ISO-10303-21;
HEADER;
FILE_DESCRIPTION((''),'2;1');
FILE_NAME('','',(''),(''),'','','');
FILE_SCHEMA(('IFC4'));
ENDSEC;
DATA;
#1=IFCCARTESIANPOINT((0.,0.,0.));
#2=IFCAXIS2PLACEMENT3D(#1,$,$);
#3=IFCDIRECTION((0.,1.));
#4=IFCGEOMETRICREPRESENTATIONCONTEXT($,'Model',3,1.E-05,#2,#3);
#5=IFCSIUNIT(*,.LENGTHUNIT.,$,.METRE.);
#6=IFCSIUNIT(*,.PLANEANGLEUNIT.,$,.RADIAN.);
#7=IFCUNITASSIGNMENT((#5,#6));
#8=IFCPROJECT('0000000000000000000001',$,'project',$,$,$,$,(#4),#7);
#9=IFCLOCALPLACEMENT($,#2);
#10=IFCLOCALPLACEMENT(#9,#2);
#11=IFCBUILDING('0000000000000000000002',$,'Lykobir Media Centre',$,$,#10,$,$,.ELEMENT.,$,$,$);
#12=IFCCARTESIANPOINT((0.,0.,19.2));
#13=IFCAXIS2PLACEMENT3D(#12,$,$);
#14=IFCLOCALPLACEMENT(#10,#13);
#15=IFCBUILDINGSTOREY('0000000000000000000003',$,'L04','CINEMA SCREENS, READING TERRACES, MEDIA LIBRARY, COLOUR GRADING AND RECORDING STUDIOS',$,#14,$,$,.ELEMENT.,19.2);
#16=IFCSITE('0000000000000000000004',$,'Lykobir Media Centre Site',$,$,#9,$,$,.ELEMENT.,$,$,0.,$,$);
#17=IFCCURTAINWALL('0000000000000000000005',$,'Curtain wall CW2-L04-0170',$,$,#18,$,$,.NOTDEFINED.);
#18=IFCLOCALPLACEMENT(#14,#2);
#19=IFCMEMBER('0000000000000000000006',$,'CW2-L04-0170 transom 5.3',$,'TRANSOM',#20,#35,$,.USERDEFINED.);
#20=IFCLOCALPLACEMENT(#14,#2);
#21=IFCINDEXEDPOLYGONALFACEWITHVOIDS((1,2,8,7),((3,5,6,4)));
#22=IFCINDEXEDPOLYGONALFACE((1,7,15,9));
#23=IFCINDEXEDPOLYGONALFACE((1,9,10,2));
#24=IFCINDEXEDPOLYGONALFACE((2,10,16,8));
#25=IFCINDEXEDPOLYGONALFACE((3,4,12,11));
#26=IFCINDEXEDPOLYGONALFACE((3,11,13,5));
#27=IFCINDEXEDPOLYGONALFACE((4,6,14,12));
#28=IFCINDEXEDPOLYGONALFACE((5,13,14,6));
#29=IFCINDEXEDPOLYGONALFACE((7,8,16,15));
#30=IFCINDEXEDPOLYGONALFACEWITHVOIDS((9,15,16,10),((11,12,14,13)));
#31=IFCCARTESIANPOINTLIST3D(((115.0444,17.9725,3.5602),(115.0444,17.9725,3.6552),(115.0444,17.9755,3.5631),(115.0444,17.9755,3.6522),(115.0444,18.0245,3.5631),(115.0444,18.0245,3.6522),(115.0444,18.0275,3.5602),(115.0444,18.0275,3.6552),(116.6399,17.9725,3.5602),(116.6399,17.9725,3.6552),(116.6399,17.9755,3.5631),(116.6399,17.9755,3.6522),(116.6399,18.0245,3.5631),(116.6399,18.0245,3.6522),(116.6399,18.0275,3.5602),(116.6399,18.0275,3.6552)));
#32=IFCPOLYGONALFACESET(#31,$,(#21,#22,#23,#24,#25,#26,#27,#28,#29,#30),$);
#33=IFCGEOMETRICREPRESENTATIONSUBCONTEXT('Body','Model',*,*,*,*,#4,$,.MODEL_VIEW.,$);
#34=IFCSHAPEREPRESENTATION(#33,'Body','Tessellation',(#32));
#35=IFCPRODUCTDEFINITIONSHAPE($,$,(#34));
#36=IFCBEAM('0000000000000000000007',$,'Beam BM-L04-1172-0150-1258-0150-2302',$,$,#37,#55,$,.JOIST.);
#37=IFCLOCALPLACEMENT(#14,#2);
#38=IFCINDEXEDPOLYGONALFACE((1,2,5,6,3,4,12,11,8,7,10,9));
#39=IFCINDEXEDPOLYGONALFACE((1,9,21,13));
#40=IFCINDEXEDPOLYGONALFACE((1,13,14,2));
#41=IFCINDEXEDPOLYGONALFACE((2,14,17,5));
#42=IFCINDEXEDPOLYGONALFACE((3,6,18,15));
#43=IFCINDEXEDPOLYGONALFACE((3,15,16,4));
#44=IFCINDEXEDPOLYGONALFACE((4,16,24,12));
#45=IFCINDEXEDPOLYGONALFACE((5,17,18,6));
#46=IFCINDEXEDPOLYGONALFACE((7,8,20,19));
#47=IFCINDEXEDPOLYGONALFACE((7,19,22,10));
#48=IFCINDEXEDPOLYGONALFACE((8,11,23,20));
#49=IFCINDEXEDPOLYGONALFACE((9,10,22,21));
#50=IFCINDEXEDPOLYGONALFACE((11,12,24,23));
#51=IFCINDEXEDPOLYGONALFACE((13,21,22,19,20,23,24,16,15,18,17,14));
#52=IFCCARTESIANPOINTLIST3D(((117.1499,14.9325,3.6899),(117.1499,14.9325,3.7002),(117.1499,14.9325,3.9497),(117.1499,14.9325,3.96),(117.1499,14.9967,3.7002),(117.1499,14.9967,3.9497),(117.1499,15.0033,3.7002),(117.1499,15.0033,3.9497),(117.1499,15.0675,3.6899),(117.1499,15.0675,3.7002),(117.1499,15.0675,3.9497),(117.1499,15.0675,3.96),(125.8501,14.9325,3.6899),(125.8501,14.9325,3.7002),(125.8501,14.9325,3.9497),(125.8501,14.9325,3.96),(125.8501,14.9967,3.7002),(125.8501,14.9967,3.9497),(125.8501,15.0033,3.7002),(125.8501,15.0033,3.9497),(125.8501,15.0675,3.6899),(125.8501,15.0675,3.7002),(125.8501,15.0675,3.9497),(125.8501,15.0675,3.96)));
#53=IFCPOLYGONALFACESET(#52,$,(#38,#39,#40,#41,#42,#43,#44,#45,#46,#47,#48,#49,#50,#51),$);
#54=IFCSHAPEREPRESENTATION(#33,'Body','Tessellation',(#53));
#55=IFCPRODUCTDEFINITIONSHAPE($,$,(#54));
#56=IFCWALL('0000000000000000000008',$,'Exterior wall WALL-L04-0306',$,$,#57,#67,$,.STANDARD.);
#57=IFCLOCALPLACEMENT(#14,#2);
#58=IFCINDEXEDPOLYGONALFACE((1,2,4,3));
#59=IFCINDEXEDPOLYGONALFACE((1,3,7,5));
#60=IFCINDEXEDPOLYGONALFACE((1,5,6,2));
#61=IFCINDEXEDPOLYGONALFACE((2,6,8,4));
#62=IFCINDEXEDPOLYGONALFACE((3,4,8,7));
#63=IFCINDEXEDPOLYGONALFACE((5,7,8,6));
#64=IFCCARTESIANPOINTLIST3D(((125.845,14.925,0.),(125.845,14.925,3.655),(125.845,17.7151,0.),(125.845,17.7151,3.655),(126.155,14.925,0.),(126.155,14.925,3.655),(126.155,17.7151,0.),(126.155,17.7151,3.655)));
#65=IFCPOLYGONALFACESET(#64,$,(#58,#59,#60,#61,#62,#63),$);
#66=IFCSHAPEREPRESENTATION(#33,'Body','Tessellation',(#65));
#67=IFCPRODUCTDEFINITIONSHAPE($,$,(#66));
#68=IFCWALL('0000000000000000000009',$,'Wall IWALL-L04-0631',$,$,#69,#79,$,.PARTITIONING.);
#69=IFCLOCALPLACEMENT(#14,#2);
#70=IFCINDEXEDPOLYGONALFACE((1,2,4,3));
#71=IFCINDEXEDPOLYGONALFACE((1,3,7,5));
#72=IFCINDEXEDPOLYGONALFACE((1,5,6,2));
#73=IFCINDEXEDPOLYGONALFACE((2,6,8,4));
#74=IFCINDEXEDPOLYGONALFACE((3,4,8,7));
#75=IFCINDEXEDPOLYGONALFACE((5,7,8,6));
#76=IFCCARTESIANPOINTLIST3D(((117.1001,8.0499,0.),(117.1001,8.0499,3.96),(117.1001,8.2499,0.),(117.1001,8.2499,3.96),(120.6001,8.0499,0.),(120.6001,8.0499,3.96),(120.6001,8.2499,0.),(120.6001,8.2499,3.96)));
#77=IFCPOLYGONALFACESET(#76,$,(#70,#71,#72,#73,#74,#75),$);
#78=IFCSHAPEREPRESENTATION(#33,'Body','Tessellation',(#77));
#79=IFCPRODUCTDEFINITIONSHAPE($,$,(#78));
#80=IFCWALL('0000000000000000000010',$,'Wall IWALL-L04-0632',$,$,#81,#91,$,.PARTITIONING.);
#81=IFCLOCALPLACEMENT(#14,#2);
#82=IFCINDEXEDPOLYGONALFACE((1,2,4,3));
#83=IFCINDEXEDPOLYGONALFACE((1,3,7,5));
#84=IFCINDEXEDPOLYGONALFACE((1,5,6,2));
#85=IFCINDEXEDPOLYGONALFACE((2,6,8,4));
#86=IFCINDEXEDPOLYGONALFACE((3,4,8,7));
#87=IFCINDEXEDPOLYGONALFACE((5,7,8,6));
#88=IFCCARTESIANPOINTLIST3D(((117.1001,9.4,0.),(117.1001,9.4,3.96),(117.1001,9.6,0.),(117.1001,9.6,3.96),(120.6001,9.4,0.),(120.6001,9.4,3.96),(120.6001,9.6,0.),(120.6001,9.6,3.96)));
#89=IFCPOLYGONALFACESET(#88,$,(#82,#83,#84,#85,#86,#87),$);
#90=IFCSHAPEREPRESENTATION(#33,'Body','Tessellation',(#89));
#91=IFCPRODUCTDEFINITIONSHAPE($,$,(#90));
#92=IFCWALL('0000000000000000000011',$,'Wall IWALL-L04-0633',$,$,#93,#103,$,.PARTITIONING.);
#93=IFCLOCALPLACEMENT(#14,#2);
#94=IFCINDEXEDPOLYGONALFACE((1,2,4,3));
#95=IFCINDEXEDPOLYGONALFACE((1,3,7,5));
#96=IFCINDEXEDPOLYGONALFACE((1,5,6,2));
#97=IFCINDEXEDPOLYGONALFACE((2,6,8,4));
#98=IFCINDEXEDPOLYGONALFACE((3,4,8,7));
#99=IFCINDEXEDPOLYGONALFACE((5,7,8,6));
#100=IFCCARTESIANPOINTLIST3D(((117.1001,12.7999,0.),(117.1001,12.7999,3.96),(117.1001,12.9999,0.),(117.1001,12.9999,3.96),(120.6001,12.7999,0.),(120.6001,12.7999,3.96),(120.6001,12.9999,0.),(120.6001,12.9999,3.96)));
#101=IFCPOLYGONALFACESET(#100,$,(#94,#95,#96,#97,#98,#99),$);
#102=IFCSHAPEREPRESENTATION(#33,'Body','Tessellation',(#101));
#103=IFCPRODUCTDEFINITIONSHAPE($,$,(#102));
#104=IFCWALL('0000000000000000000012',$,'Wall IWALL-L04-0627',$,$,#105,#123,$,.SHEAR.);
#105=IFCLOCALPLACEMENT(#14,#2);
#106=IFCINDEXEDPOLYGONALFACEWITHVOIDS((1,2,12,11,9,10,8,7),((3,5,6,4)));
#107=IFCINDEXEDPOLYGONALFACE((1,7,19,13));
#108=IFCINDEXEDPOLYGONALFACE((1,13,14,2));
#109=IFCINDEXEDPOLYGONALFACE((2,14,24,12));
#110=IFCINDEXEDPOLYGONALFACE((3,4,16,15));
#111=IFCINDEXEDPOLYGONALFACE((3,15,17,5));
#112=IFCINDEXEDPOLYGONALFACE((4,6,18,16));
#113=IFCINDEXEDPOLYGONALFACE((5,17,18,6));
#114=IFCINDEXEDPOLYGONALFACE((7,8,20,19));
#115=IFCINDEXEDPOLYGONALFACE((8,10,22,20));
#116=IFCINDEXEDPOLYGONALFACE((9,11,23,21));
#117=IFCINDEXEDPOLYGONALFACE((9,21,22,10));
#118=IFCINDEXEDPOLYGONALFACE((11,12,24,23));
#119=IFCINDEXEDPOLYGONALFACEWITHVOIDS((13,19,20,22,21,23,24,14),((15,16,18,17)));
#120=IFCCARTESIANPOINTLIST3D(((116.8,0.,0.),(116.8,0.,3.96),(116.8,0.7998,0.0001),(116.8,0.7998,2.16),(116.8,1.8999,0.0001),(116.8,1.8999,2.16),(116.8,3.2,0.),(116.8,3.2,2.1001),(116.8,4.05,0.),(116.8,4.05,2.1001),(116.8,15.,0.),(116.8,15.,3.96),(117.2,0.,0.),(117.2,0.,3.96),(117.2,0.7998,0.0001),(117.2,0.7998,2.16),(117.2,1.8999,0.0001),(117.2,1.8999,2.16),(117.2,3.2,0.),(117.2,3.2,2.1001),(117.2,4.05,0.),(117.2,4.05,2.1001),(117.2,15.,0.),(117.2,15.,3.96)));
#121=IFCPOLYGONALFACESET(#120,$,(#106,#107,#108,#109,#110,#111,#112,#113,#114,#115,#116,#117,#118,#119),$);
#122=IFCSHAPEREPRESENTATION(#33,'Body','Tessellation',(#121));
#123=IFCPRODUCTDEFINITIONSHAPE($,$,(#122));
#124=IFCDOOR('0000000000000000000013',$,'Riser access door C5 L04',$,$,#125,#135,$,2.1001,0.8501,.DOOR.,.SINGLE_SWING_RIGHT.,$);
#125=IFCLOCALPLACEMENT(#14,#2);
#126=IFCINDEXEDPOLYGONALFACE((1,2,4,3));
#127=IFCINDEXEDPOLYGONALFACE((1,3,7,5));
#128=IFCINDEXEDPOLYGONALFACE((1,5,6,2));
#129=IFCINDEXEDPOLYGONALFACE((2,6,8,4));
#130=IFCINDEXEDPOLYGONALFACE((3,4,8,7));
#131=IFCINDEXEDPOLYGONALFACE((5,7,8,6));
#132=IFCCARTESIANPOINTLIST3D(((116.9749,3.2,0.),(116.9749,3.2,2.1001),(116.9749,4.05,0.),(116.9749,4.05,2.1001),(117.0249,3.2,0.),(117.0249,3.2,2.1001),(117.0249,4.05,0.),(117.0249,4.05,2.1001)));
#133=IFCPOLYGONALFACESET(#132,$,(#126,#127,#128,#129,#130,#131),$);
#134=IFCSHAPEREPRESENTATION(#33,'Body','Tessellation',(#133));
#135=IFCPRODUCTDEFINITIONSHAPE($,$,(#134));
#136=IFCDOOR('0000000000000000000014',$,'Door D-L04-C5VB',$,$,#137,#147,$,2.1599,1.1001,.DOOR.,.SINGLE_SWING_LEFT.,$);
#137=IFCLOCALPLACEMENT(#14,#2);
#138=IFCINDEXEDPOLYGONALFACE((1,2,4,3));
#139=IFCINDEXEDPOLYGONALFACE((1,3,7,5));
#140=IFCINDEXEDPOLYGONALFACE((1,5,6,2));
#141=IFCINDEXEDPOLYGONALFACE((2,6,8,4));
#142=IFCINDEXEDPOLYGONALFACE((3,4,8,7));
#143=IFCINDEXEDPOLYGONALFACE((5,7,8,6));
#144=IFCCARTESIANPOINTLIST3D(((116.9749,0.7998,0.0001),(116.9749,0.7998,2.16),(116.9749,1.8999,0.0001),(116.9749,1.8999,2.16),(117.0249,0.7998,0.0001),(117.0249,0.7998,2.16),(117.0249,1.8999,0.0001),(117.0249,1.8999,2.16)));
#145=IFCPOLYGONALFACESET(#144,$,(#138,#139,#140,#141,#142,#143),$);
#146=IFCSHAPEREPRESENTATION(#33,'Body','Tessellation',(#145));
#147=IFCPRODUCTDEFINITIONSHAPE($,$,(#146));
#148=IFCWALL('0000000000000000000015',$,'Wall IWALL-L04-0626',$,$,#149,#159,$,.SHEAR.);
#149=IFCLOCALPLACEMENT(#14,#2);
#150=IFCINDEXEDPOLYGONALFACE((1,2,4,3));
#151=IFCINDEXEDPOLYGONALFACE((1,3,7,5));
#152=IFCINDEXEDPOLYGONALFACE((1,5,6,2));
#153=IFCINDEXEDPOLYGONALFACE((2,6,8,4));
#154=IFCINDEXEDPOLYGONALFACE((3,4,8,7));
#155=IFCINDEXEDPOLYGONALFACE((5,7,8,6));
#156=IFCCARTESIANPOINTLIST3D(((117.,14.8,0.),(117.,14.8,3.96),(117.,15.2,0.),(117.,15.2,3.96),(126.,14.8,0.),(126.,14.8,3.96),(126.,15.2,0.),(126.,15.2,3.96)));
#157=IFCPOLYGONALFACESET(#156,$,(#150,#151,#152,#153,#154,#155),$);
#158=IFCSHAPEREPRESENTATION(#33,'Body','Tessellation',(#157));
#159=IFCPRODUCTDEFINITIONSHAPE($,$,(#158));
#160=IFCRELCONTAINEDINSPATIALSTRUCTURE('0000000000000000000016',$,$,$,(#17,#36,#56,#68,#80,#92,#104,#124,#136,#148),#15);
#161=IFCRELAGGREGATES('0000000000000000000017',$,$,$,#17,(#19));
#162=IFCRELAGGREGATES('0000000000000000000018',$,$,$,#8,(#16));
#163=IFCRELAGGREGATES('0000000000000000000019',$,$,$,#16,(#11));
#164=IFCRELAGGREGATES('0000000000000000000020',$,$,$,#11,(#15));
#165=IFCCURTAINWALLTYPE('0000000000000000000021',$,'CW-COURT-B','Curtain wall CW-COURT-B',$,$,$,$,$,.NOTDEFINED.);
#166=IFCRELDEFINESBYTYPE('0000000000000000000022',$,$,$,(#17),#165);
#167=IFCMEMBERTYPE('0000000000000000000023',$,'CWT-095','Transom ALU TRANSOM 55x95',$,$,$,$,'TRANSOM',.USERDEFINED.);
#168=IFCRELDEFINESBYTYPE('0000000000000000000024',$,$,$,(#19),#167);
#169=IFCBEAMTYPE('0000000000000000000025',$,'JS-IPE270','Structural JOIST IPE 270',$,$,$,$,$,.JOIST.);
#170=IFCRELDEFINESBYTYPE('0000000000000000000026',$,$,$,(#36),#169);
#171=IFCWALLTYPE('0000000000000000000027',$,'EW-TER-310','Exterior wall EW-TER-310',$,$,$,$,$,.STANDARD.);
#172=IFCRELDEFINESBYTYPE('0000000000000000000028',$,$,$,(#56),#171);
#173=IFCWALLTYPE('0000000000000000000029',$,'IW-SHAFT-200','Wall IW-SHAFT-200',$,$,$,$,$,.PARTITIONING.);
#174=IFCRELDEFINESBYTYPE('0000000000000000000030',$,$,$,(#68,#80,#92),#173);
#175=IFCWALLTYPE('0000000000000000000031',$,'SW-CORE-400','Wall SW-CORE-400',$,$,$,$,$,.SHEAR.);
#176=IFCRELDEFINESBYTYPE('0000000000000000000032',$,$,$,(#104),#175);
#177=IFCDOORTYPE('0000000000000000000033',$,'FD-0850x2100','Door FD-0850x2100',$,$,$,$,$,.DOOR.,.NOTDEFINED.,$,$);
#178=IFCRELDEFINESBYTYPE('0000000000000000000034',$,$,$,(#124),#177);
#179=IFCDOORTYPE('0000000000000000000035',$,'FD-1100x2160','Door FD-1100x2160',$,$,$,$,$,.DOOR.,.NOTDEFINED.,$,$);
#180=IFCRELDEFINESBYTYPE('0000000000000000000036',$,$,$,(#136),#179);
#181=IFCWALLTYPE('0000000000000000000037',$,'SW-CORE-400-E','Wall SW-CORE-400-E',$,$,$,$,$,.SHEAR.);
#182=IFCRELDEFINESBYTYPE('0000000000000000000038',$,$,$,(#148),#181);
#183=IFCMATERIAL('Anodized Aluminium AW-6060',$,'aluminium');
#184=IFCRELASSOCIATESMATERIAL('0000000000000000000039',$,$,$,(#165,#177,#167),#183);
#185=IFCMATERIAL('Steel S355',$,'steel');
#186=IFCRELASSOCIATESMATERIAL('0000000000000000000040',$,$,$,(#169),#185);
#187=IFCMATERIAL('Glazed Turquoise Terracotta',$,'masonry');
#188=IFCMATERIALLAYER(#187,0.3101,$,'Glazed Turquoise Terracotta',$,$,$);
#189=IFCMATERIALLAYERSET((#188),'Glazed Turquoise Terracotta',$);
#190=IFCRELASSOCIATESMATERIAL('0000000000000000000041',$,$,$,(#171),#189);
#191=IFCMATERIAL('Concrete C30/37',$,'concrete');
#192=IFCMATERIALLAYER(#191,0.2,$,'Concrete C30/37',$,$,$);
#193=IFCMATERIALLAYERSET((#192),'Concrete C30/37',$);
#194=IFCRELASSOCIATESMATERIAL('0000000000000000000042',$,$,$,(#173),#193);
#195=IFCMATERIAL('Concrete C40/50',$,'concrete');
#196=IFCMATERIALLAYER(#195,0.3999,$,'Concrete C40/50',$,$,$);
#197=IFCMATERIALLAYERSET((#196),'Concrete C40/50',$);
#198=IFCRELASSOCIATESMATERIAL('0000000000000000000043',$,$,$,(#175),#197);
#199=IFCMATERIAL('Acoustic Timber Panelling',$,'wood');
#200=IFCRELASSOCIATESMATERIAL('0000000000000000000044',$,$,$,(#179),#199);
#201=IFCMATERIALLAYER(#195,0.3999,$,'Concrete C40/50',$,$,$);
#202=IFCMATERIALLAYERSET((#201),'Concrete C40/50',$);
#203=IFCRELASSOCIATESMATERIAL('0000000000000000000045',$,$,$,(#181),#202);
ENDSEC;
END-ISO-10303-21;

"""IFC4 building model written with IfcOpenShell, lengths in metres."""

from ifc_helpers import new_model, si_unit, direction, frame, frame_2d, origin, origin_2d, place, context, subcontext, project, spatial, rectangle, hollow_rectangle, i_section, extrude, material, layer, layer_set, material_profile, profile_set, type_object, element, fill, aggregate, save


model = new_model("IFC4")

# Units and contexts
model_context = context("Model", 3, precision=1e-05, world=origin(), true_north=direction((0.0, 1.0)))
body_context = subcontext(model_context, "Body", "Model", "MODEL_VIEW")
ifc_project = project(units=[si_unit("LENGTHUNIT", "METRE"), si_unit("PLANEANGLEUNIT", "RADIAN")], contexts=[model_context])

# Site, building, storey
site_placement = place(None, origin())
site = spatial("IfcSite", under=ifc_project, at=site_placement, Name="Lykobir Media Centre Site", CompositionType="ELEMENT", RefElevation=0.0)
building_placement = place(site_placement, origin())
building = spatial("IfcBuilding", under=site, at=building_placement, Name="Lykobir Media Centre", CompositionType="ELEMENT")
storey_placement = place(building_placement, frame((0.0, 0.0, 19.2)))
storey = spatial("IfcBuildingStorey", under=building, at=storey_placement, Name="L04", Description="CINEMA SCREENS, READING TERRACES, MEDIA LIBRARY, COLOUR GRADING AND RECORDING STUDIOS", CompositionType="ELEMENT", Elevation=19.2)

# Shared definitions
ifc_material_1 = material(Name="Concrete C40/50", Category="concrete")
ifc_material_2 = material(Name="Steel S355", Category="steel")

# Curtain wall, member
ifc_material_3 = material(Name="Anodized Aluminium AW-6060", Category="aluminium")
curtain_wall_type = type_object("IfcCurtainWallType", Name="CW-COURT-B", Description="Curtain wall CW-COURT-B", PredefinedType="NOTDEFINED", material=ifc_material_3)
curtain_wall_placement = place(storey_placement, origin())
curtain_wall = element("IfcCurtainWall", 1, at=curtain_wall_placement, inside=storey, type_object=curtain_wall_type, Name="Curtain wall CW2-L04-0170", PredefinedType="NOTDEFINED")
ifc_material_profile_1 = material_profile(ifc_material_3, hollow_rectangle(XDim=0.0549, YDim=0.095, WallThickness=0.0029, at=origin_2d()), Name="ALU TRANSOM 55x95")
ifc_profile_set_1 = profile_set([ifc_material_profile_1], Name="Anodized Aluminium AW-6060")
member_type_1 = type_object("IfcMemberType", Name="CWT-095", Description="Transom ALU TRANSOM 55x95", ElementType="TRANSOM", PredefinedType="USERDEFINED", material=ifc_profile_set_1)
member_1_placement = place(storey_placement, frame((115.0444, 18.0, 3.6077), z_axis=(1.0, 0.0, 0.0), x_axis=(0.0, 1.0, 0.0)))
member_1 = element("IfcMember", 2, at=member_1_placement, type_object=member_type_1, Name="CW2-L04-0170 transom 5.3", ObjectType="TRANSOM", PredefinedType="USERDEFINED", context=body_context, shape_type="SweptSolid", body=[
    extrude(hollow_rectangle(XDim=0.0549, YDim=0.095, WallThickness=0.0029, at=origin_2d()), origin(), (0.0, 0.0, 1.0), 1.5955),
])
aggregate(curtain_wall, [member_1])

# Beam
ifc_material_profile_2 = material_profile(ifc_material_2, i_section(OverallWidth=0.135, OverallDepth=0.27, WebThickness=0.0066, FlangeThickness=0.0103, at=origin_2d()), Name="IPE 270")
ifc_profile_set_2 = profile_set([ifc_material_profile_2], Name="Steel S355")
beam_type_1 = type_object("IfcBeamType", Name="JS-IPE270", Description="Structural JOIST IPE 270", PredefinedType="JOIST", material=ifc_profile_set_2)
beam_1_placement = place(storey_placement, frame((117.1499, 15.0, 3.825), z_axis=(1.0, 0.0, 0.0), x_axis=(0.0, 1.0, 0.0)))
element("IfcBeam", 3, at=beam_1_placement, inside=storey, type_object=beam_type_1, Name="Beam BM-L04-1172-0150-1258-0150-2302", PredefinedType="JOIST", context=body_context, shape_type="SweptSolid", body=[
    extrude(i_section(OverallWidth=0.135, OverallDepth=0.27, WebThickness=0.0066, FlangeThickness=0.0103, at=origin_2d()), origin(), (0.0, 0.0, 1.0), 8.7002),
])

# Walls
ifc_material_4 = material(Name="Glazed Turquoise Terracotta", Category="masonry")
ifc_layer_1 = layer(ifc_material_4, 0.3101, Name="Glazed Turquoise Terracotta")
ifc_layer_set_1 = layer_set([ifc_layer_1], Name="Glazed Turquoise Terracotta")
wall_type_1 = type_object("IfcWallType", Name="EW-TER-310", Description="Exterior wall EW-TER-310", PredefinedType="STANDARD", material=ifc_layer_set_1)
wall_1_placement = place(storey_placement, frame((126.0, 14.925, 0.0), z_axis=(0.0, 0.0, 1.0), x_axis=(0.0, 1.0, 0.0)))
element("IfcWall", 4, at=wall_1_placement, inside=storey, type_object=wall_type_1, Name="Exterior wall WALL-L04-0306", PredefinedType="STANDARD", context=body_context, shape_type="SweptSolid", body=[
    extrude(rectangle(XDim=2.79, YDim=0.3101, at=frame_2d((1.395, 0.0))), origin(), (0.0, 0.0, 1.0), 3.655),
])
ifc_material_5 = material(Name="Concrete C30/37", Category="concrete")
ifc_layer_2 = layer(ifc_material_5, 0.2, Name="Concrete C30/37")
ifc_layer_set_2 = layer_set([ifc_layer_2], Name="Concrete C30/37")
wall_type_2 = type_object("IfcWallType", Name="IW-SHAFT-200", Description="Wall IW-SHAFT-200", PredefinedType="PARTITIONING", material=ifc_layer_set_2)
for number, where, z_axis, x_axis, name in (
    (5, (117.1001, 8.1499, 0.0), (0.0, 0.0, 1.0), (1.0, 0.0, 0.0), "Wall IWALL-L04-0631"),
    (6, (117.1001, 9.5, 0.0), (0.0, 0.0, 1.0), (1.0, 0.0, 0.0), "Wall IWALL-L04-0632"),
    (7, (117.1001, 12.8999, 0.0), (0.0, 0.0, 1.0), (1.0, 0.0, 0.0), "Wall IWALL-L04-0633"),
):
    element("IfcWall", number, at=place(storey_placement, frame(where, z_axis=z_axis, x_axis=x_axis)), inside=storey, type_object=wall_type_2, Name=name, PredefinedType="PARTITIONING", context=body_context, shape_type="SweptSolid", body=[
        extrude(rectangle(XDim=3.5, YDim=0.2, at=frame_2d((1.75, 0.0))), origin(), (0.0, 0.0, 1.0), 3.96),
    ])

# Wall, openings, doors
ifc_layer_3 = layer(ifc_material_1, 0.3999, Name="Concrete C40/50")
ifc_layer_set_3 = layer_set([ifc_layer_3], Name="Concrete C40/50")
wall_type_3 = type_object("IfcWallType", Name="SW-CORE-400", Description="Wall SW-CORE-400", PredefinedType="SHEAR", material=ifc_layer_set_3)
wall_2_placement = place(storey_placement, frame((117.0, 15.0, 0.0), z_axis=(0.0, 0.0, 1.0), x_axis=(0.0, -1.0, 0.0)))
wall_2 = element("IfcWall", 8, at=wall_2_placement, inside=storey, type_object=wall_type_3, Name="Wall IWALL-L04-0627", PredefinedType="SHEAR", context=body_context, shape_type="SweptSolid", body=[
    extrude(rectangle(XDim=15.0, YDim=0.3999, at=frame_2d((7.5, 0.0))), origin(), (0.0, 0.0, 1.0), 3.96),
])
opening_1_placement = place(wall_2_placement, frame((13.1001, 0.0, 0.0)))
opening_1 = element("IfcOpeningElement", 9, at=opening_1_placement, cuts=wall_2, PredefinedType="OPENING", context=body_context, shape_type="SweptSolid", body=[
    extrude(rectangle(XDim=1.1001, YDim=2.1599, at=frame_2d((0.55, 1.0801))), frame((0.0, 0.21, 0.0), z_axis=(0.0, -1.0, 0.0), x_axis=(1.0, 0.0, 0.0)), (0.0, 0.0, 1.0), 0.4199),
])
opening_2_placement = place(wall_2_placement, frame((10.95, 0.0, 0.0)))
opening_2 = element("IfcOpeningElement", 10, at=opening_2_placement, cuts=wall_2, PredefinedType="OPENING", context=body_context, shape_type="SweptSolid", body=[
    extrude(rectangle(XDim=0.8501, YDim=2.1001, at=frame_2d((0.425, 1.05))), frame((0.0, 0.21, 0.0), z_axis=(0.0, -1.0, 0.0), x_axis=(1.0, 0.0, 0.0)), (0.0, 0.0, 1.0), 0.4199),
])
door_type_1 = type_object("IfcDoorType", Name="FD-0850x2100", Description="Door FD-0850x2100", OperationType="NOTDEFINED", PredefinedType="DOOR", material=ifc_material_3)
door_1_placement = place(opening_2_placement, origin())
door_1 = element("IfcDoor", 11, at=door_1_placement, inside=storey, type_object=door_type_1, Name="Riser access door C5 L04", OperationType="SINGLE_SWING_RIGHT", OverallHeight=2.1001, OverallWidth=0.8501, PredefinedType="DOOR", context=body_context, shape_type="SweptSolid", body=[
    extrude(rectangle(XDim=0.8501, YDim=2.1001, at=frame_2d((0.425, 1.05))), frame((0.0, 0.0249, 0.0), z_axis=(0.0, -1.0, 0.0), x_axis=(1.0, 0.0, 0.0)), (0.0, 0.0, 1.0), 0.05),
])
fill(opening_2, door_1)
ifc_material_6 = material(Name="Acoustic Timber Panelling", Category="wood")
door_type_2 = type_object("IfcDoorType", Name="FD-1100x2160", Description="Door FD-1100x2160", OperationType="NOTDEFINED", PredefinedType="DOOR", material=ifc_material_6)
door_2_placement = place(opening_1_placement, origin())
door_2 = element("IfcDoor", 12, at=door_2_placement, inside=storey, type_object=door_type_2, Name="Door D-L04-C5VB", OperationType="SINGLE_SWING_LEFT", OverallHeight=2.1599, OverallWidth=1.1001, PredefinedType="DOOR", context=body_context, shape_type="SweptSolid", body=[
    extrude(rectangle(XDim=1.1001, YDim=2.1599, at=frame_2d((0.55, 1.0801))), frame((0.0, 0.0249, 0.0), z_axis=(0.0, -1.0, 0.0), x_axis=(1.0, 0.0, 0.0)), (0.0, 0.0, 1.0), 0.05),
])
fill(opening_1, door_2)

# Wall
ifc_layer_4 = layer(ifc_material_1, 0.3999, Name="Concrete C40/50")
ifc_layer_set_4 = layer_set([ifc_layer_4], Name="Concrete C40/50")
wall_type_4 = type_object("IfcWallType", Name="SW-CORE-400-E", Description="Wall SW-CORE-400-E", PredefinedType="SHEAR", material=ifc_layer_set_4)
wall_3_placement = place(storey_placement, frame((126.0, 15.0, 0.0), z_axis=(0.0, 0.0, 1.0), x_axis=(-1.0, 0.0, 0.0)))
element("IfcWall", 13, at=wall_3_placement, inside=storey, type_object=wall_type_4, Name="Wall IWALL-L04-0626", PredefinedType="SHEAR", context=body_context, shape_type="SweptSolid", body=[
    extrude(rectangle(XDim=9.0, YDim=0.3999, at=frame_2d((4.5, 0.0))), origin(), (0.0, 0.0, 1.0), 3.96),
])

save(model, "model.ifc")
